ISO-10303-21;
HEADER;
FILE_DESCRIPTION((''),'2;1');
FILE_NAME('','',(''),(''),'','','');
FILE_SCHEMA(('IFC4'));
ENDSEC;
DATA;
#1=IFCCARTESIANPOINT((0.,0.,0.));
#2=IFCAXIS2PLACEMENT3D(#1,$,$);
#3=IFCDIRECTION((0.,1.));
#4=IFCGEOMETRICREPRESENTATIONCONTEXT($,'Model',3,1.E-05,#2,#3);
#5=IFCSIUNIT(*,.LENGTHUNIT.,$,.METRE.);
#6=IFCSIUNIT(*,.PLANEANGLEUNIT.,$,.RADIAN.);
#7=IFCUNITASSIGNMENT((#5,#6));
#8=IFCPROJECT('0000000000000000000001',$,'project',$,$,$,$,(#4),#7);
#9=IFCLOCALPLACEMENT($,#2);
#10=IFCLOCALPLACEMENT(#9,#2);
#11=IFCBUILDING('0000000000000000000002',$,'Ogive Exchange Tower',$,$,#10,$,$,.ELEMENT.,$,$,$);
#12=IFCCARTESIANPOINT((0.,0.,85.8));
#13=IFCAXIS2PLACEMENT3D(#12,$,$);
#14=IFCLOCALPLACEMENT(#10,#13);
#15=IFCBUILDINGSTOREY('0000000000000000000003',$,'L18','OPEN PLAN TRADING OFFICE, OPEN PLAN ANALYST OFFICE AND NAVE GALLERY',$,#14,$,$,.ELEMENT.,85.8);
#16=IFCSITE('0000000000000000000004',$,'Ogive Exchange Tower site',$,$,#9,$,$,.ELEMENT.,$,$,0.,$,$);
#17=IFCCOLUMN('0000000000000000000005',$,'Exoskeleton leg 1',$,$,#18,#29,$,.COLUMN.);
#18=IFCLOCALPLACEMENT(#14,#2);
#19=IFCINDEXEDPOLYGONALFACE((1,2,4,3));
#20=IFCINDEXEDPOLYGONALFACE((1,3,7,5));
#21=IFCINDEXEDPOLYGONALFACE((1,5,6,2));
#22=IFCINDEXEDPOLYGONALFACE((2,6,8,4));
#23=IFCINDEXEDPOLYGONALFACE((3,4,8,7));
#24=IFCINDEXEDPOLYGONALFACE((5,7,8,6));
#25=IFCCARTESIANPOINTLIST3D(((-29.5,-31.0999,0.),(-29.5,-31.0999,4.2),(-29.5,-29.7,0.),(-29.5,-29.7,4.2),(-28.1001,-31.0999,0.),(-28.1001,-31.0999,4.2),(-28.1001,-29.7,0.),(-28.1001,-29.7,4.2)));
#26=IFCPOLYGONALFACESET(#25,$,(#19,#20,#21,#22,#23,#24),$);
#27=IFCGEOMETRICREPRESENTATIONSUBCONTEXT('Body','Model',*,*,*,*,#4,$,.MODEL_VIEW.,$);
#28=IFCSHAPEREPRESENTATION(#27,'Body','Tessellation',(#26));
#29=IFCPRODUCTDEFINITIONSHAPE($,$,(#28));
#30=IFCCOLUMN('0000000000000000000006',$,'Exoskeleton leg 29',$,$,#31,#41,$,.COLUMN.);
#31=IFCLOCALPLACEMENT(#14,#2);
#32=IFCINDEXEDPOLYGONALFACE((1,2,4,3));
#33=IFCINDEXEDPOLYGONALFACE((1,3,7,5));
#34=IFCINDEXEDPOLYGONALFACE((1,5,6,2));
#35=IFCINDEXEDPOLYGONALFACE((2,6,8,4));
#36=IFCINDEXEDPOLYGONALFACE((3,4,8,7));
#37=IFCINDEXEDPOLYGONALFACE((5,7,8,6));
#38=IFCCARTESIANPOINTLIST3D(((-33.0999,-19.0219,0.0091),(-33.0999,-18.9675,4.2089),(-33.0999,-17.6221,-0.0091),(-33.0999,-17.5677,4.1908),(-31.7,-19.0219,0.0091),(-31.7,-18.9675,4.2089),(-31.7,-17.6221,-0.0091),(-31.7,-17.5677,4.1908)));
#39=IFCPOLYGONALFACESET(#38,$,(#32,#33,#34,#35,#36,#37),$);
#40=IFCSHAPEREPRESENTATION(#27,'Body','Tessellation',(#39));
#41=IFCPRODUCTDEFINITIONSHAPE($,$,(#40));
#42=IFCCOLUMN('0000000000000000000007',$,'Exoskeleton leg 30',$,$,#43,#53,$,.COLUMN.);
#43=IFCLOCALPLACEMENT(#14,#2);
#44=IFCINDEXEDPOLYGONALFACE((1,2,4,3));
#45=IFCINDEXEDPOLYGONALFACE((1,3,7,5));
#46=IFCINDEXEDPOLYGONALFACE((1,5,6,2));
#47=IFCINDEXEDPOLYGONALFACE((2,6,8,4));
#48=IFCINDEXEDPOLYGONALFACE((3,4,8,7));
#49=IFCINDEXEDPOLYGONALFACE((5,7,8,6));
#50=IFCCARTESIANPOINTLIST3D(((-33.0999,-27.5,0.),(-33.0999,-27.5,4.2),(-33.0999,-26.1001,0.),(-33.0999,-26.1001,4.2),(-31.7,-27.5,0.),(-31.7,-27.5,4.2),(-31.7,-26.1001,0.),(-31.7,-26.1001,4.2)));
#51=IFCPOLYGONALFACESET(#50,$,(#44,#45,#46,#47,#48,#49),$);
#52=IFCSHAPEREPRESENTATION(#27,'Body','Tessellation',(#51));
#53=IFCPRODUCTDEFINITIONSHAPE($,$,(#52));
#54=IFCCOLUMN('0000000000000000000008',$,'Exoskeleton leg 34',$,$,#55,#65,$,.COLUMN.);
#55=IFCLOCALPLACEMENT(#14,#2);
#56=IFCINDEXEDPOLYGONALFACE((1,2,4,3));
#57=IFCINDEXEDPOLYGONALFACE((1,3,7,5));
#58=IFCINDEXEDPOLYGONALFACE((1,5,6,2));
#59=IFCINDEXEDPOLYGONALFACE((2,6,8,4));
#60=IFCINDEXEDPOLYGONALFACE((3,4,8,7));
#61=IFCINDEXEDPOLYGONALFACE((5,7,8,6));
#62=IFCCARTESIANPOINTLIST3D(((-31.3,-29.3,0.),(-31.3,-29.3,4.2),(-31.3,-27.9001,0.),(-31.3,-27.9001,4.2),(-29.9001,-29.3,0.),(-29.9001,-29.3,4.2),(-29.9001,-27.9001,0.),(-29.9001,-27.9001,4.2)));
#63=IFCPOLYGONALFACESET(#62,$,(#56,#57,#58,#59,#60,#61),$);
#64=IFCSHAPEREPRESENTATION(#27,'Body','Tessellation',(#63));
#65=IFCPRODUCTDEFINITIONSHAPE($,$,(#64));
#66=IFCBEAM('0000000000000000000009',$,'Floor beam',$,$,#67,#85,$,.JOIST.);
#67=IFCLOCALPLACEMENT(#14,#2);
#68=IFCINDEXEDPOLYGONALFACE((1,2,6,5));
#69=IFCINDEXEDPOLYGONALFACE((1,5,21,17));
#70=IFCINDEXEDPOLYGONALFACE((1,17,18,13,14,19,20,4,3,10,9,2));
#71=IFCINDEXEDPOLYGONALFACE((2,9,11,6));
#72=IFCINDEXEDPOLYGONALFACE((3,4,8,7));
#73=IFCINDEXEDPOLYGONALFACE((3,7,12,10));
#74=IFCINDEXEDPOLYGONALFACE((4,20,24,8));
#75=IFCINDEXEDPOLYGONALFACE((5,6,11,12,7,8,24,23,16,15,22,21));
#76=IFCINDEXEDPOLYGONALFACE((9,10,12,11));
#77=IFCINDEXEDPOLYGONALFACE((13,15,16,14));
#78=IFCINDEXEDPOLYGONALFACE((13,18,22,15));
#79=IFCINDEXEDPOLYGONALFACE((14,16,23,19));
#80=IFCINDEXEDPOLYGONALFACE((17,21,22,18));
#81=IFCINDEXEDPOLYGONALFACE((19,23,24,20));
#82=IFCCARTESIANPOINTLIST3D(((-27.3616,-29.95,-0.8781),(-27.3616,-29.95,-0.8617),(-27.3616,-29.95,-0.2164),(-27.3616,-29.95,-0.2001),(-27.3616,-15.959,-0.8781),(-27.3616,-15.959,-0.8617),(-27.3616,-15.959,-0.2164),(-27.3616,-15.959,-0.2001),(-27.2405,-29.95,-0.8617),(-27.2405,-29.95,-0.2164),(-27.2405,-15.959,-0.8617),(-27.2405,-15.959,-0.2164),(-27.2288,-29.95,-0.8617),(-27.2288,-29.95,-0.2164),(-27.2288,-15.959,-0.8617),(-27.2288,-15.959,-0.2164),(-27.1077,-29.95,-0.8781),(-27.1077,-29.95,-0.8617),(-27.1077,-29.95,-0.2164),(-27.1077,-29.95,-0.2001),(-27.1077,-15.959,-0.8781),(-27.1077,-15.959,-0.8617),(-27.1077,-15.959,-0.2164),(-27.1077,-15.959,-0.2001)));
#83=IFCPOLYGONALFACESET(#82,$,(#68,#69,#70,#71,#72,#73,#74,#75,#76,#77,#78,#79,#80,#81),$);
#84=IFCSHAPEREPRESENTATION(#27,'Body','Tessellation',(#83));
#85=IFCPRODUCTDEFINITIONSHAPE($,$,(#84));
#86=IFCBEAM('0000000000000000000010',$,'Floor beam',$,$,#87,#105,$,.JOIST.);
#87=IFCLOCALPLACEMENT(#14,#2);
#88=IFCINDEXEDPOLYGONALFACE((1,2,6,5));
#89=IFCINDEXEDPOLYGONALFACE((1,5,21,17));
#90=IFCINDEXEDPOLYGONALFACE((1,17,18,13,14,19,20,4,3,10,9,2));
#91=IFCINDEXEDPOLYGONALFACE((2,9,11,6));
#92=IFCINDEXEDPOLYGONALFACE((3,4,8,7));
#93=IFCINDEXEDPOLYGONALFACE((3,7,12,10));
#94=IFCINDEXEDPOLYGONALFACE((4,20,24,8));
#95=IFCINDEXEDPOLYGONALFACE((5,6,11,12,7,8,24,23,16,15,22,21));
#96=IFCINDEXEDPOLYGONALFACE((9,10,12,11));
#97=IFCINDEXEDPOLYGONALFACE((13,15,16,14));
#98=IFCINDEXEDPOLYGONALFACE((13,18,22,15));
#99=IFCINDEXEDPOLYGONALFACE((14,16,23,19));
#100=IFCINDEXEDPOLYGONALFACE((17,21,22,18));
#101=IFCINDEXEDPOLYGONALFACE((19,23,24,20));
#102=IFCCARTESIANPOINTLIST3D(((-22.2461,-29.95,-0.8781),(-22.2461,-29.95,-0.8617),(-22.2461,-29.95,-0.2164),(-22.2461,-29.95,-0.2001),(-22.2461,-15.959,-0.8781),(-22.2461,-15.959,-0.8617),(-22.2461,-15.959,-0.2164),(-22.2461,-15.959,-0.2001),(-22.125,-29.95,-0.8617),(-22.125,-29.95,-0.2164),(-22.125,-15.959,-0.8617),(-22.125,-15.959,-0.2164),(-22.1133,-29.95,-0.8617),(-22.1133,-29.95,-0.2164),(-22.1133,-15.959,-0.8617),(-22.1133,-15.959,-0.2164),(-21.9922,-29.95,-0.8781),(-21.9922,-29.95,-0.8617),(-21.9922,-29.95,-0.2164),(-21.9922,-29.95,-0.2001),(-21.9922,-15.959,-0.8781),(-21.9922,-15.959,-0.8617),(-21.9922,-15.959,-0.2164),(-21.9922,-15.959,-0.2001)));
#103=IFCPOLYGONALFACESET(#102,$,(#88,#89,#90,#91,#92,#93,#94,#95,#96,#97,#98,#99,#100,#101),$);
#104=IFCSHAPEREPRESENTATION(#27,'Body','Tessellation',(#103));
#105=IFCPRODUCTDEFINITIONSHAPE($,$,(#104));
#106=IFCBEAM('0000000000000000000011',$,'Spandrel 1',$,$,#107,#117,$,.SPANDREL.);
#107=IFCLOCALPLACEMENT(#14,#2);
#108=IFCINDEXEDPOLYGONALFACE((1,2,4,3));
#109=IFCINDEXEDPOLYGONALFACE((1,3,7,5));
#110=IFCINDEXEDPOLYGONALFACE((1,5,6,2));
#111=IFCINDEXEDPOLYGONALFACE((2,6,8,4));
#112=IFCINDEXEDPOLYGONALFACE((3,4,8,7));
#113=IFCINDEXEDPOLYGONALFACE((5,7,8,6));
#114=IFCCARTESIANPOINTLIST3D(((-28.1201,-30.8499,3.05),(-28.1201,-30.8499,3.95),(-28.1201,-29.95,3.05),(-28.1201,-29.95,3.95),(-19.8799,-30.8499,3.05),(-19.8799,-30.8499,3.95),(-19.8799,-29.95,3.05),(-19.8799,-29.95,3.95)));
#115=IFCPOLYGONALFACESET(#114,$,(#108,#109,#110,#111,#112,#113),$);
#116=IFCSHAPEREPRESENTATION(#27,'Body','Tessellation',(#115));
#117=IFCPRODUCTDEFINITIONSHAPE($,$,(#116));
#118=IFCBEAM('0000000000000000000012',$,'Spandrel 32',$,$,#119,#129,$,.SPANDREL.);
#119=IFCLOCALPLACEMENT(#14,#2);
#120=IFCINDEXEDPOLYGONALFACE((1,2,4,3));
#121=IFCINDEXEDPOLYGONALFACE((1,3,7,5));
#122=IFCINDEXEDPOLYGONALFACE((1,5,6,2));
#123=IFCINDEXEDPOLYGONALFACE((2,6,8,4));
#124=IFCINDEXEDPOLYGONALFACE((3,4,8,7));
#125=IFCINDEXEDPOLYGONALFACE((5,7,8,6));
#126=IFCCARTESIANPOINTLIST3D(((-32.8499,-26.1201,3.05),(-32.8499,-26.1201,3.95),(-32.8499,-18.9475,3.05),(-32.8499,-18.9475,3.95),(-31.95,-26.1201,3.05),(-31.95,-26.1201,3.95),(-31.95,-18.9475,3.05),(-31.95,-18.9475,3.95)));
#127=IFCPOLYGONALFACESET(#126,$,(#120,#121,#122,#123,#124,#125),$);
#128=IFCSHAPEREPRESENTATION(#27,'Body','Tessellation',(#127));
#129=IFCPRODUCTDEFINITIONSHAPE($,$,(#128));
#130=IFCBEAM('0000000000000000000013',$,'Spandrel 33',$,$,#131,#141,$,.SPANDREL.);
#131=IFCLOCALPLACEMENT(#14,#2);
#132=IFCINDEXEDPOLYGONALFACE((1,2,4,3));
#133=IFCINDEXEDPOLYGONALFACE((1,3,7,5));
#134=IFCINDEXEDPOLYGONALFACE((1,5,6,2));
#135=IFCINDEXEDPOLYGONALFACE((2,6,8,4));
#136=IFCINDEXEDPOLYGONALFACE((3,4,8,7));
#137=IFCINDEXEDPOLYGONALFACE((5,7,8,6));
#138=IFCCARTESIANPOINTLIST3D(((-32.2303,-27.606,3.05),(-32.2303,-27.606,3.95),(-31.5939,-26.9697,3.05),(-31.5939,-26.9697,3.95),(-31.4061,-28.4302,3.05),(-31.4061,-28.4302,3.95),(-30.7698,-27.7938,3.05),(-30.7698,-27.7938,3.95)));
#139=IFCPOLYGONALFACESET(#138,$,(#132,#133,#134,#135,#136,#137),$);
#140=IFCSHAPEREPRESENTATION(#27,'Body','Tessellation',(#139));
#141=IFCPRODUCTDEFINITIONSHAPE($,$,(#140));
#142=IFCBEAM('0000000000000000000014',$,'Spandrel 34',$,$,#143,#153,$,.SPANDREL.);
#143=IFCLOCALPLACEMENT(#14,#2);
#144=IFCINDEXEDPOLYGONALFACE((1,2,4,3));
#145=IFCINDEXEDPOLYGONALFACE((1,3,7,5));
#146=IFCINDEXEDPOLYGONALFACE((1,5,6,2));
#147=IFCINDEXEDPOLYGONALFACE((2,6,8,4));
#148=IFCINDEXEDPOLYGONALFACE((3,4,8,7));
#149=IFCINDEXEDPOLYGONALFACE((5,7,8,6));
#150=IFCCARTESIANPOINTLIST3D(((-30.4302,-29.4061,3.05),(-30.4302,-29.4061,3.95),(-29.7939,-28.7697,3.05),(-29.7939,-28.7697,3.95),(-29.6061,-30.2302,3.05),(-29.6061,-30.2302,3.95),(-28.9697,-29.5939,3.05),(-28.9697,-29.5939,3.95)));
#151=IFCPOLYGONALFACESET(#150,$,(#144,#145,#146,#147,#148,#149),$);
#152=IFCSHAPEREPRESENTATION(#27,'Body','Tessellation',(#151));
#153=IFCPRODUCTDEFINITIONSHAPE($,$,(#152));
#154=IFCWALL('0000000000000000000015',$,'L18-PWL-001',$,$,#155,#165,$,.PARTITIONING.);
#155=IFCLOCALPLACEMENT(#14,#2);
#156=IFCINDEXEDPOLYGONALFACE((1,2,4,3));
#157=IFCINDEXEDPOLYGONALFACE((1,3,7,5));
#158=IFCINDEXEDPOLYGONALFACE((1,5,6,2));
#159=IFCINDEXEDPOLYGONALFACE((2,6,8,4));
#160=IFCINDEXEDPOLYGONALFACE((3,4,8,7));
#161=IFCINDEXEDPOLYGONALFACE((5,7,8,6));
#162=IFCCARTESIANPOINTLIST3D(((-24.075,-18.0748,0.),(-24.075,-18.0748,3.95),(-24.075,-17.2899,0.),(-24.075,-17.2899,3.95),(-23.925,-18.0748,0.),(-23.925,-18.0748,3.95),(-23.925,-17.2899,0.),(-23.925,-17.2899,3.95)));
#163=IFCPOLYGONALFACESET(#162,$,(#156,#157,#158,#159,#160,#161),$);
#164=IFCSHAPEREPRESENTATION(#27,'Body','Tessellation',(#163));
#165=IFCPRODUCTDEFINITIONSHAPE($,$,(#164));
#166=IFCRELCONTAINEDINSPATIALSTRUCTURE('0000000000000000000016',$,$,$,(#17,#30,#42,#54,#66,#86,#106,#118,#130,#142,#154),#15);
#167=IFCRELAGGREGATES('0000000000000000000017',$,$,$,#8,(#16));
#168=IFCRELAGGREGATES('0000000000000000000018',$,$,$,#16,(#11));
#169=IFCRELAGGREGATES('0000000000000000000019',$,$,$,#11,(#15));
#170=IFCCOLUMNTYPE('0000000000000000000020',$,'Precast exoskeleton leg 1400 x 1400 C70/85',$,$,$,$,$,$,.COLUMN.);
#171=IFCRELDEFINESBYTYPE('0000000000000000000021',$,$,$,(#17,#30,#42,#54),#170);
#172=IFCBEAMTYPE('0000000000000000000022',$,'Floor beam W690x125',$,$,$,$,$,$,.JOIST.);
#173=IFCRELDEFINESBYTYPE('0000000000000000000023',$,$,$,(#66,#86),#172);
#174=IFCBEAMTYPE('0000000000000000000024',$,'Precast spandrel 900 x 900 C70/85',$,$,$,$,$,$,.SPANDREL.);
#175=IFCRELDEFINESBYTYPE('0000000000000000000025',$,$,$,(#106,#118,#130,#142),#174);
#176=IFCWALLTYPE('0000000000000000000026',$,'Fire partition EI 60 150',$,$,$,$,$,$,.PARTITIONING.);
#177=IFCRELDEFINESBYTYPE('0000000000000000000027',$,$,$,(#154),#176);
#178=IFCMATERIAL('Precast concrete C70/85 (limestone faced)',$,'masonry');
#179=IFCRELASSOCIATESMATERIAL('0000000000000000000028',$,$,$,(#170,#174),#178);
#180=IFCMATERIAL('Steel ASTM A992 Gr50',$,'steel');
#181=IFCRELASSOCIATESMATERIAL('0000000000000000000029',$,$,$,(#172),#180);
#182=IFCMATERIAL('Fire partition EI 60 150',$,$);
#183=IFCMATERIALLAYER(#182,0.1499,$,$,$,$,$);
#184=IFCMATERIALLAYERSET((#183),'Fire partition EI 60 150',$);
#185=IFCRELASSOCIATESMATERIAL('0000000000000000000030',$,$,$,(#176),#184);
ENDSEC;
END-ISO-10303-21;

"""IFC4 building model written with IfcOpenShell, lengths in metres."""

from ifc_helpers import new_model, si_unit, direction, frame, frame_2d, origin, origin_2d, place, context, subcontext, project, spatial, rectangle, i_section, extrude, material, layer, layer_set, material_profile, profile_set, type_object, element, save


model = new_model("IFC4")

# Units and contexts
model_context = context("Model", 3, precision=1e-05, world=origin(), true_north=direction((0.0, 1.0)))
body_context = subcontext(model_context, "Body", "Model", "MODEL_VIEW")
ifc_project = project(units=[si_unit("LENGTHUNIT", "METRE"), si_unit("PLANEANGLEUNIT", "RADIAN")], contexts=[model_context])

# Site, building, storey
site_placement = place(None, origin())
site = spatial("IfcSite", under=ifc_project, at=site_placement, Name="Ogive Exchange Tower site", CompositionType="ELEMENT", RefElevation=0.0)
building_placement = place(site_placement, origin())
building = spatial("IfcBuilding", under=site, at=building_placement, Name="Ogive Exchange Tower", CompositionType="ELEMENT")
storey_placement = place(building_placement, frame((0.0, 0.0, 85.8)))
storey = spatial("IfcBuildingStorey", under=building, at=storey_placement, Name="L18", Description="OPEN PLAN TRADING OFFICE, OPEN PLAN ANALYST OFFICE AND NAVE GALLERY", CompositionType="ELEMENT", Elevation=85.8)

# Columns
ifc_material_1 = material(Name="Precast concrete C70/85 (limestone faced)", Category="masonry")
ifc_material_profile_1 = material_profile(ifc_material_1, rectangle(XDim=1.3999, YDim=1.3999, at=origin_2d()), Name="1400 x 1400")
ifc_profile_set_1 = profile_set([ifc_material_profile_1], Name="Precast concrete C70/85 (limestone faced)")
column_type = type_object("IfcColumnType", Name="Precast exoskeleton leg 1400 x 1400 C70/85", PredefinedType="COLUMN", material=ifc_profile_set_1)
column_1_placement = place(storey_placement, frame((-28.8, -30.3999, 0.0), z_axis=(0.0, 0.0, 1.0), x_axis=(1.0, 0.0, 0.0)))
element("IfcColumn", 1, at=column_1_placement, inside=storey, type_object=column_type, Name="Exoskeleton leg 1", PredefinedType="COLUMN", context=body_context, shape_type="SweptSolid", body=[
    extrude(rectangle(XDim=1.3999, YDim=1.3999, at=origin_2d()), origin(), (0.0, 0.0, 1.0), 4.2),
])
column_2_placement = place(storey_placement, frame((-32.3999, -18.322, 0.0), z_axis=(0.0, 0.012962, 0.999916), x_axis=(-1.0, 0.0, 0.0)))
element("IfcColumn", 2, at=column_2_placement, inside=storey, type_object=column_type, Name="Exoskeleton leg 29", PredefinedType="COLUMN", context=body_context, shape_type="SweptSolid", body=[
    extrude(rectangle(XDim=1.3999, YDim=1.3999, at=origin_2d()), origin(), (0.0, 0.0, 1.0), 4.2002),
])
for number, where, z_axis, x_axis, name in (
    (3, (-32.3999, -26.8, 0.0), (0.0, 0.0, 1.0), (1.0, 0.0, 0.0), "Exoskeleton leg 30"),
    (4, (-30.6001, -28.6001, 0.0), (0.0, 0.0, 1.0), (1.0, 0.0, 0.0), "Exoskeleton leg 34"),
):
    element("IfcColumn", number, at=place(storey_placement, frame(where, z_axis=z_axis, x_axis=x_axis)), inside=storey, type_object=column_type, Name=name, PredefinedType="COLUMN", context=body_context, shape_type="SweptSolid", body=[
        extrude(rectangle(XDim=1.3999, YDim=1.3999, at=origin_2d()), origin(), (0.0, 0.0, 1.0), 4.2),
    ])

# Beams
ifc_material_2 = material(Name="Steel ASTM A992 Gr50", Category="steel")
ifc_material_profile_2 = material_profile(ifc_material_2, i_section(OverallWidth=0.2539, OverallDepth=0.678, WebThickness=0.0117, FlangeThickness=0.0164, at=origin_2d()), Name="W690x125")
ifc_profile_set_2 = profile_set([ifc_material_profile_2], Name="Steel ASTM A992 Gr50")
beam_type_1 = type_object("IfcBeamType", Name="Floor beam W690x125", PredefinedType="JOIST", material=ifc_profile_set_2)
for number, where, z_axis, x_axis, name in (
    (5, (-27.2346, -29.95, -0.5391), (0.0, 1.0, 0.0), (-1.0, 0.0, 0.0), "Floor beam"),
    (6, (-22.1191, -29.95, -0.5391), (0.0, 1.0, 0.0), (-1.0, 0.0, 0.0), "Floor beam"),
):
    element("IfcBeam", number, at=place(storey_placement, frame(where, z_axis=z_axis, x_axis=x_axis)), inside=storey, type_object=beam_type_1, Name=name, PredefinedType="JOIST", context=body_context, shape_type="SweptSolid", body=[
        extrude(i_section(OverallWidth=0.2539, OverallDepth=0.678, WebThickness=0.0117, FlangeThickness=0.0164, at=origin_2d()), origin(), (0.0, 0.0, 1.0), 13.991),
    ])
ifc_material_profile_3 = material_profile(ifc_material_1, rectangle(XDim=0.8999, YDim=0.8999, at=origin_2d()), Name="900 x 900")
ifc_profile_set_3 = profile_set([ifc_material_profile_3], Name="Precast concrete C70/85 (limestone faced)")
beam_type_2 = type_object("IfcBeamType", Name="Precast spandrel 900 x 900 C70/85", PredefinedType="SPANDREL", material=ifc_profile_set_3)
beam_1_placement = place(storey_placement, frame((-28.1201, -30.3999, 3.5), z_axis=(1.0, 0.0, 0.0), x_axis=(0.0, 1.0, 0.0)))
element("IfcBeam", 7, at=beam_1_placement, inside=storey, type_object=beam_type_2, Name="Spandrel 1", PredefinedType="SPANDREL", context=body_context, shape_type="SweptSolid", body=[
    extrude(rectangle(XDim=0.8999, YDim=0.8999, at=origin_2d()), origin(), (0.0, 0.0, 1.0), 8.2402),
])
beam_2_placement = place(storey_placement, frame((-32.3999, -18.9475, 3.5), z_axis=(0.0, -1.0, 0.0), x_axis=(1.0, 0.0, 0.0)))
element("IfcBeam", 8, at=beam_2_placement, inside=storey, type_object=beam_type_2, Name="Spandrel 32", PredefinedType="SPANDREL", context=body_context, shape_type="SweptSolid", body=[
    extrude(rectangle(XDim=0.8999, YDim=0.8999, at=origin_2d()), origin(), (0.0, 0.0, 1.0), 7.1726),
])
for number, where, z_axis, x_axis, name in (
    (9, (-31.9121, -27.2878, 3.5), (0.707107, -0.707107, 0.0), (0.707107, 0.707107, 0.0), "Spandrel 33"),
    (10, (-30.1121, -29.0879, 3.5), (0.707107, -0.707107, 0.0), (0.707107, 0.707107, 0.0), "Spandrel 34"),
):
    element("IfcBeam", number, at=place(storey_placement, frame(where, z_axis=z_axis, x_axis=x_axis)), inside=storey, type_object=beam_type_2, Name=name, PredefinedType="SPANDREL", context=body_context, shape_type="SweptSolid", body=[
        extrude(rectangle(XDim=0.8999, YDim=0.8999, at=origin_2d()), origin(), (0.0, 0.0, 1.0), 1.1655),
    ])

# Wall
ifc_material_3 = material(Name="Fire partition EI 60 150")
ifc_layer_1 = layer(ifc_material_3, 0.1499)
ifc_layer_set_1 = layer_set([ifc_layer_1], Name="Fire partition EI 60 150")
wall_type_1 = type_object("IfcWallType", Name="Fire partition EI 60 150", PredefinedType="PARTITIONING", material=ifc_layer_set_1)
wall_1_placement = place(storey_placement, frame((-24.0, -18.075, 0.0), z_axis=(0.0, 0.0, 1.0), x_axis=(0.0, 1.0, 0.0)))
element("IfcWall", 11, at=wall_1_placement, inside=storey, type_object=wall_type_1, Name="L18-PWL-001", PredefinedType="PARTITIONING", context=body_context, shape_type="SweptSolid", body=[
    extrude(rectangle(XDim=0.7849, YDim=0.1499, at=frame_2d((0.3926, 0.0))), origin(), (0.0, 0.0, 1.0), 3.95),
])

save(model, "model.ifc")
